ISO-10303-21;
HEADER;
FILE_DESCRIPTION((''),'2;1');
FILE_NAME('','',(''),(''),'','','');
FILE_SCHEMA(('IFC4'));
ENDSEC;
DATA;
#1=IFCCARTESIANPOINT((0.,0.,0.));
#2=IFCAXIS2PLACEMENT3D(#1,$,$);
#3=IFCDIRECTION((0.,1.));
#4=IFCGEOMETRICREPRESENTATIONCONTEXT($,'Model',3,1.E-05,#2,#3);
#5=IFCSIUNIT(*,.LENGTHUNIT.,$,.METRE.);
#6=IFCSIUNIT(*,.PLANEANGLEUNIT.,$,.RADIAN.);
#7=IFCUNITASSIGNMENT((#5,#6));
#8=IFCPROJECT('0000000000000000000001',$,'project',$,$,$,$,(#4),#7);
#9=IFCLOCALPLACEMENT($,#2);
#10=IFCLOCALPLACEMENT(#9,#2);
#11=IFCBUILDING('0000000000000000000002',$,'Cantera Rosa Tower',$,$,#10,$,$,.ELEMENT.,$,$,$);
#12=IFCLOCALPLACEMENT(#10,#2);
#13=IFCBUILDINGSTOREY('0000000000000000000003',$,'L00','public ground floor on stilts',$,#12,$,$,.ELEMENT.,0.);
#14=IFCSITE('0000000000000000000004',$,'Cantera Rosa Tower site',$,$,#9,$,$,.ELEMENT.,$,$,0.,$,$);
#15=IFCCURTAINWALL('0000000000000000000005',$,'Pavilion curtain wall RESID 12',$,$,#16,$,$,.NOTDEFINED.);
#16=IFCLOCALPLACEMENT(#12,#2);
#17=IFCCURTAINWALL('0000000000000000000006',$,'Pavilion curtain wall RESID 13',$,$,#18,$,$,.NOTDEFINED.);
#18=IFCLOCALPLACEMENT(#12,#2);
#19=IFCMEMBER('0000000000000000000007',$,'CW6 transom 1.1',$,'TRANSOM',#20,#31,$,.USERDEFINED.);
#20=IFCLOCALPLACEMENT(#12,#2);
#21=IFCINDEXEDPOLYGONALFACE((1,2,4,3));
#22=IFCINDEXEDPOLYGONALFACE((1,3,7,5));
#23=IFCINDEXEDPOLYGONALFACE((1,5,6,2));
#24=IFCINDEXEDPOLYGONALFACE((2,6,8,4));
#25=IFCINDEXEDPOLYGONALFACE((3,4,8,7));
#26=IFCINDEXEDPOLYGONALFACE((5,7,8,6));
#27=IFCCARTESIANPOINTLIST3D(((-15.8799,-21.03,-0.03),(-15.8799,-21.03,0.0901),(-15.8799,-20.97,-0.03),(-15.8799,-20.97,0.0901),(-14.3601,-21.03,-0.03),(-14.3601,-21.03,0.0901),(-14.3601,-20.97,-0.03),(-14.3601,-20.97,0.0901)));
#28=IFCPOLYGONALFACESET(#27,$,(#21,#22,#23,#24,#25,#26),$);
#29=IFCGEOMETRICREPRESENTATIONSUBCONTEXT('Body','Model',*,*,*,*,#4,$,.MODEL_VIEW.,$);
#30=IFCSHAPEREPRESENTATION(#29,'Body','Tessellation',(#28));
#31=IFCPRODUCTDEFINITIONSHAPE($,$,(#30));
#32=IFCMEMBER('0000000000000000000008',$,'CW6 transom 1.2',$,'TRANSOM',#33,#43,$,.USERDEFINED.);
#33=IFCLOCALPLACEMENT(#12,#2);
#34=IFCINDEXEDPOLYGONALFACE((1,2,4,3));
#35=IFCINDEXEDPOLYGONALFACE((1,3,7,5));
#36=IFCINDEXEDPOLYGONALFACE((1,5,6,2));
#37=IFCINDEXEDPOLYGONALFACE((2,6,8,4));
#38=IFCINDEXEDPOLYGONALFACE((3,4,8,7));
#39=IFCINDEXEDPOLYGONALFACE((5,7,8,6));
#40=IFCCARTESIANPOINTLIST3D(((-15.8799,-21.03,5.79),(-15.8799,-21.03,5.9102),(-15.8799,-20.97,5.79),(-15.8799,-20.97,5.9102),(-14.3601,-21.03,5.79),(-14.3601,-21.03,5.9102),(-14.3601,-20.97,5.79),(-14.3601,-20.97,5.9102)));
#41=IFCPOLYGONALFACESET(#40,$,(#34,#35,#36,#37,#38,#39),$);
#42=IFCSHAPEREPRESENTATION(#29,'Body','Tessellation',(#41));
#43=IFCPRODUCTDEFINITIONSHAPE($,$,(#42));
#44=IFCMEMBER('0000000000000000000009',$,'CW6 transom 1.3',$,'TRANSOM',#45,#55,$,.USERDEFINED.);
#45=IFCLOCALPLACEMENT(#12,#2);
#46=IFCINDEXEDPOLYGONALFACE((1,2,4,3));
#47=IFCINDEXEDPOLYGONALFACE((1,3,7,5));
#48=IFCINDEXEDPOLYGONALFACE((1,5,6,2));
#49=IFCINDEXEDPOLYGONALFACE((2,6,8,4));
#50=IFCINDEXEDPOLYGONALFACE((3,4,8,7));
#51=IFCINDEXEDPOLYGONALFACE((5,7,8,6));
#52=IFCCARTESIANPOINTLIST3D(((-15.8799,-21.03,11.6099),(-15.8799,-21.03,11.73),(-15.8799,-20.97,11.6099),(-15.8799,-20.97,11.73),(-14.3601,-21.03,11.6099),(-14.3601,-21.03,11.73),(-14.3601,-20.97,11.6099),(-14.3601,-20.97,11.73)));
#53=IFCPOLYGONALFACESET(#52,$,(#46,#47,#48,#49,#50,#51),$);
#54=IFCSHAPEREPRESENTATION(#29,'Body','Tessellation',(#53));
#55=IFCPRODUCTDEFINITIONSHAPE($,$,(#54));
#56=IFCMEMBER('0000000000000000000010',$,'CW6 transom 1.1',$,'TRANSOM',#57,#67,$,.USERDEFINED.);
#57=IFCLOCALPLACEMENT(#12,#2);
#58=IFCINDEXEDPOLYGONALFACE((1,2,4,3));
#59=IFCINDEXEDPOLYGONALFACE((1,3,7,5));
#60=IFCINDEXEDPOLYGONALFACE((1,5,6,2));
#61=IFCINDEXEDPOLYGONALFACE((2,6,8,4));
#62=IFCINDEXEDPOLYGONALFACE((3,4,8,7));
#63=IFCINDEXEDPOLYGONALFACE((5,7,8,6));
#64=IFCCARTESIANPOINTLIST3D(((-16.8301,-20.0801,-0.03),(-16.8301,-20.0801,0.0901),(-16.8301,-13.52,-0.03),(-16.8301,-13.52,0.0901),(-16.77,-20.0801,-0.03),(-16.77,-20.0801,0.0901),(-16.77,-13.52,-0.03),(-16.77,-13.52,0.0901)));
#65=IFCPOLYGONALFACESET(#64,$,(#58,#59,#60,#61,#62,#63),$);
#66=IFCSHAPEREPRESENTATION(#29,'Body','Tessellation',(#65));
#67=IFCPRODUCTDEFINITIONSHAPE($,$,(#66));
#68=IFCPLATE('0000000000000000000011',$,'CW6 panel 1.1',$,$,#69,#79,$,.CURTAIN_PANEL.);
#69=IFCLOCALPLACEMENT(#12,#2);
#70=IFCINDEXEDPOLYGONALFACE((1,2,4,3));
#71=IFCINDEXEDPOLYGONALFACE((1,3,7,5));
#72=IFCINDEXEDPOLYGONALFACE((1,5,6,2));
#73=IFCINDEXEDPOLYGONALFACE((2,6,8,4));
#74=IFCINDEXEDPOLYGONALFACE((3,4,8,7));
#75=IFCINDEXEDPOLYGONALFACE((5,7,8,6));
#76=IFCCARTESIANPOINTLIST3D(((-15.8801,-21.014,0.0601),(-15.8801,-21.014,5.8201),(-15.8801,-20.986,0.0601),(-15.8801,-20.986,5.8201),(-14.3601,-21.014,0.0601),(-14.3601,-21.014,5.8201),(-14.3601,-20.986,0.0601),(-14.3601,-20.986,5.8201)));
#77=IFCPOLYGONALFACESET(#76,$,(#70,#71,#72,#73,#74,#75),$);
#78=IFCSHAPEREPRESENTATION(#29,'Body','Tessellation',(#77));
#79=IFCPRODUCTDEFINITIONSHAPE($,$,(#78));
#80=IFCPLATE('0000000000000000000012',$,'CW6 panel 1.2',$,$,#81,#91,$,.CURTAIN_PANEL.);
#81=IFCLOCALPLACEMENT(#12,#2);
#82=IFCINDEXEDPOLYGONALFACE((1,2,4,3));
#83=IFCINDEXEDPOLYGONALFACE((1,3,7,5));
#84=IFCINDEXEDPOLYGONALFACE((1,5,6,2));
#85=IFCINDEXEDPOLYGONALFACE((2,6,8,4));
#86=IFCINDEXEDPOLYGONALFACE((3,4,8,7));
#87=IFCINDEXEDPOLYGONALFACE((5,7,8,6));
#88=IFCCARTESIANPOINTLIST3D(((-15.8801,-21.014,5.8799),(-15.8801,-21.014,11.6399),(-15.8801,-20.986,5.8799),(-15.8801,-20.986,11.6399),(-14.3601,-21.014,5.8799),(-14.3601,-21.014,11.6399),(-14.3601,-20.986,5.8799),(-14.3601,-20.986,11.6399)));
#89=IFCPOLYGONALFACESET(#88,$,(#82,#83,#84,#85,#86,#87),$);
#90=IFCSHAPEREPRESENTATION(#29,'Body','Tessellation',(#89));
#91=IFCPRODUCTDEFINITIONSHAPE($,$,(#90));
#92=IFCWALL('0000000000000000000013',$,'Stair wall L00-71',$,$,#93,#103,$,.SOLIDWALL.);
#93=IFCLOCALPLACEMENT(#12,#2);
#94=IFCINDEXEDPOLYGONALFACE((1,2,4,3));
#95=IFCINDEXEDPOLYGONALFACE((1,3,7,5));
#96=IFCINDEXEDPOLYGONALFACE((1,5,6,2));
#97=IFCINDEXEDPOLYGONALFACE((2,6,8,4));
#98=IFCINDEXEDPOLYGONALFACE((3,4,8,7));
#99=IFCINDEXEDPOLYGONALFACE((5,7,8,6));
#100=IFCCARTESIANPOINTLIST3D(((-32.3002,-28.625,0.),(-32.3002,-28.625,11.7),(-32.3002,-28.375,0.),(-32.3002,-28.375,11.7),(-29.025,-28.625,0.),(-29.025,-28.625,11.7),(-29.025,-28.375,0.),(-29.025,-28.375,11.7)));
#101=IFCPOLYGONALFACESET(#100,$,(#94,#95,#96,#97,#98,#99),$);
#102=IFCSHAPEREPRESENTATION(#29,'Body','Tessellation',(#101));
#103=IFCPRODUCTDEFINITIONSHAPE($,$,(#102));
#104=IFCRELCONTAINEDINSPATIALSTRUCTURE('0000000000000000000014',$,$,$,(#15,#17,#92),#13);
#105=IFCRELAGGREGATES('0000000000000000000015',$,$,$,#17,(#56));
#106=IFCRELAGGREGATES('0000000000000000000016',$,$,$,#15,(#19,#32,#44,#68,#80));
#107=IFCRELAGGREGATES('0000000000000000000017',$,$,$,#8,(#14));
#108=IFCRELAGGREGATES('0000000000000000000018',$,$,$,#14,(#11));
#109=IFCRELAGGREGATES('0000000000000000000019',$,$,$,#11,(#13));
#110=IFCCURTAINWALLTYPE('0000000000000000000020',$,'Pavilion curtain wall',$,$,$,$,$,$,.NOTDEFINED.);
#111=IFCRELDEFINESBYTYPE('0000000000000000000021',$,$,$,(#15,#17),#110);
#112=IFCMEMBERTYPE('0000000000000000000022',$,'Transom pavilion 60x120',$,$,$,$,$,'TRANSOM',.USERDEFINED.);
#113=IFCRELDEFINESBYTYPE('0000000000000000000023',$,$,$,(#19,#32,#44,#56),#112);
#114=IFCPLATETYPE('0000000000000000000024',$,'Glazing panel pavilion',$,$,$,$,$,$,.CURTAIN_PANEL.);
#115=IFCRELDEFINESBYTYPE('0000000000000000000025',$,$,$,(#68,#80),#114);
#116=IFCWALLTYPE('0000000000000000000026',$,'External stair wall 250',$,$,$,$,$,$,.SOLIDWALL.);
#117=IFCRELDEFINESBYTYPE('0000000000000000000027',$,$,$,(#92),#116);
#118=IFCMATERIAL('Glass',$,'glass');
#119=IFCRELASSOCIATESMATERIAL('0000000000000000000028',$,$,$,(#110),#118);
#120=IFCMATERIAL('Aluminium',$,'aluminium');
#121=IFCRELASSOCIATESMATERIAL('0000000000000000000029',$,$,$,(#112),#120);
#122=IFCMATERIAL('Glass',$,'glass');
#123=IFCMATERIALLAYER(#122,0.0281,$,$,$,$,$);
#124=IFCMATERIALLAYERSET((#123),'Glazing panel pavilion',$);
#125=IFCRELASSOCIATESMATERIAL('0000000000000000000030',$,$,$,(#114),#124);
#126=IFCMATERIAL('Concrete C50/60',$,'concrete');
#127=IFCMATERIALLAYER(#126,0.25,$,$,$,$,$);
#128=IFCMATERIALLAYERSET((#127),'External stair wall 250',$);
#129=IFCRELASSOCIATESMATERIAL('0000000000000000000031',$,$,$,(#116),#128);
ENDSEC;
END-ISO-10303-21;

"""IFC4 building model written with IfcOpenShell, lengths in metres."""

from ifc_helpers import new_model, si_unit, direction, frame, frame_2d, origin, origin_2d, place, context, subcontext, project, spatial, rectangle, extrude, material, layer, layer_set, material_profile, profile_set, type_object, element, aggregate, save


model = new_model("IFC4")

# Units and contexts
model_context = context("Model", 3, precision=1e-05, world=origin(), true_north=direction((0.0, 1.0)))
body_context = subcontext(model_context, "Body", "Model", "MODEL_VIEW")
ifc_project = project(units=[si_unit("LENGTHUNIT", "METRE"), si_unit("PLANEANGLEUNIT", "RADIAN")], contexts=[model_context])

# Site, building, storey
site_placement = place(None, origin())
site = spatial("IfcSite", under=ifc_project, at=site_placement, Name="Cantera Rosa Tower site", CompositionType="ELEMENT", RefElevation=0.0)
building_placement = place(site_placement, origin())
building = spatial("IfcBuilding", under=site, at=building_placement, Name="Cantera Rosa Tower", CompositionType="ELEMENT")
storey_placement = place(building_placement, origin())
storey = spatial("IfcBuildingStorey", under=building, at=storey_placement, Name="L00", Description="public ground floor on stilts", CompositionType="ELEMENT", Elevation=0.0)

# Curtain wall
ifc_material_1 = material(Name="Glass", Category="glass")
curtain_wall_type = type_object("IfcCurtainWallType", Name="Pavilion curtain wall", PredefinedType="NOTDEFINED", material=ifc_material_1)
curtain_wall_1_placement = place(storey_placement, origin())
curtain_wall_1 = element("IfcCurtainWall", 1, at=curtain_wall_1_placement, inside=storey, type_object=curtain_wall_type, Name="Pavilion curtain wall RESID 12", PredefinedType="NOTDEFINED")

# Curtain wall
curtain_wall_2_placement = place(storey_placement, origin())
curtain_wall_2 = element("IfcCurtainWall", 2, at=curtain_wall_2_placement, inside=storey, type_object=curtain_wall_type, Name="Pavilion curtain wall RESID 13", PredefinedType="NOTDEFINED")

# Members
ifc_material_2 = material(Name="Aluminium", Category="aluminium")
ifc_material_profile_1 = material_profile(ifc_material_2, rectangle(XDim=0.0601, YDim=0.1201, at=origin_2d()), Name="Transom pavilion 60x120")
ifc_profile_set_1 = profile_set([ifc_material_profile_1], Name="Aluminium")
member_type_1 = type_object("IfcMemberType", Name="Transom pavilion 60x120", ElementType="TRANSOM", PredefinedType="USERDEFINED", material=ifc_profile_set_1)
member_1_placement = place(storey_placement, frame((-14.3601, -21.0, 0.03), z_axis=(-1.0, 0.0, 0.0), x_axis=(0.0, -1.0, 0.0)))
member_1 = element("IfcMember", 3, at=member_1_placement, type_object=member_type_1, Name="CW6 transom 1.1", ObjectType="TRANSOM", PredefinedType="USERDEFINED", context=body_context, shape_type="SweptSolid", body=[
    extrude(rectangle(XDim=0.0601, YDim=0.1201, at=origin_2d()), origin(), (0.0, 0.0, 1.0), 1.5198),
])
member_2_placement = place(storey_placement, frame((-14.3601, -21.0, 5.8501), z_axis=(-1.0, 0.0, 0.0), x_axis=(0.0, -1.0, 0.0)))
member_2 = element("IfcMember", 4, at=member_2_placement, type_object=member_type_1, Name="CW6 transom 1.2", ObjectType="TRANSOM", PredefinedType="USERDEFINED", context=body_context, shape_type="SweptSolid", body=[
    extrude(rectangle(XDim=0.0601, YDim=0.1201, at=origin_2d()), origin(), (0.0, 0.0, 1.0), 1.5198),
])
member_3_placement = place(storey_placement, frame((-14.3601, -21.0, 11.6699), z_axis=(-1.0, 0.0, 0.0), x_axis=(0.0, -1.0, 0.0)))
member_3 = element("IfcMember", 5, at=member_3_placement, type_object=member_type_1, Name="CW6 transom 1.3", ObjectType="TRANSOM", PredefinedType="USERDEFINED", context=body_context, shape_type="SweptSolid", body=[
    extrude(rectangle(XDim=0.0601, YDim=0.1201, at=origin_2d()), origin(), (0.0, 0.0, 1.0), 1.5198),
])
member_4_placement = place(storey_placement, frame((-16.8, -20.0801, 0.03), z_axis=(0.0, 1.0, 0.0), x_axis=(-1.0, 0.0, 0.0)))
member_4 = element("IfcMember", 6, at=member_4_placement, type_object=member_type_1, Name="CW6 transom 1.1", ObjectType="TRANSOM", PredefinedType="USERDEFINED", context=body_context, shape_type="SweptSolid", body=[
    extrude(rectangle(XDim=0.0601, YDim=0.1201, at=origin_2d()), origin(), (0.0, 0.0, 1.0), 6.5601),
])
aggregate(curtain_wall_2, [member_4])

# Plates
ifc_material_3 = material(Name="Glass", Category="glass")
ifc_layer_1 = layer(ifc_material_3, 0.0281)
ifc_layer_set_1 = layer_set([ifc_layer_1], Name="Glazing panel pavilion")
plate_type = type_object("IfcPlateType", Name="Glazing panel pavilion", PredefinedType="CURTAIN_PANEL", material=ifc_layer_set_1)
plate_1_placement = place(storey_placement, frame((-15.1201, -21.0, 0.0601), z_axis=(0.0, 0.0, 1.0), x_axis=(-1.0, 0.0, 0.0)))
plate_1 = element("IfcPlate", 7, at=plate_1_placement, type_object=plate_type, Name="CW6 panel 1.1", PredefinedType="CURTAIN_PANEL", context=body_context, shape_type="SweptSolid", body=[
    extrude(rectangle(XDim=1.52, YDim=0.0281, at=origin_2d()), origin(), (0.0, 0.0, 1.0), 5.76),
])
plate_2_placement = place(storey_placement, frame((-15.1201, -21.0, 5.8799), z_axis=(0.0, 0.0, 1.0), x_axis=(-1.0, 0.0, 0.0)))
plate_2 = element("IfcPlate", 8, at=plate_2_placement, type_object=plate_type, Name="CW6 panel 1.2", PredefinedType="CURTAIN_PANEL", context=body_context, shape_type="SweptSolid", body=[
    extrude(rectangle(XDim=1.52, YDim=0.0281, at=origin_2d()), origin(), (0.0, 0.0, 1.0), 5.76),
])
aggregate(curtain_wall_1, [member_1, member_2, member_3, plate_1, plate_2])

# Wall
ifc_material_4 = material(Name="Concrete C50/60", Category="concrete")
ifc_layer_2 = layer(ifc_material_4, 0.25)
ifc_layer_set_2 = layer_set([ifc_layer_2], Name="External stair wall 250")
wall_type = type_object("IfcWallType", Name="External stair wall 250", PredefinedType="SOLIDWALL", material=ifc_layer_set_2)
wall_placement = place(storey_placement, frame((-29.0249, -28.5, 0.0), z_axis=(0.0, 0.0, 1.0), x_axis=(-1.0, 0.0, 0.0)))
element("IfcWall", 9, at=wall_placement, inside=storey, type_object=wall_type, Name="Stair wall L00-71", PredefinedType="SOLIDWALL", context=body_context, shape_type="SweptSolid", body=[
    extrude(rectangle(XDim=3.2751, YDim=0.25, at=frame_2d((1.6377, 0.0))), origin(), (0.0, 0.0, 1.0), 11.7),
])

save(model, "model.ifc")
